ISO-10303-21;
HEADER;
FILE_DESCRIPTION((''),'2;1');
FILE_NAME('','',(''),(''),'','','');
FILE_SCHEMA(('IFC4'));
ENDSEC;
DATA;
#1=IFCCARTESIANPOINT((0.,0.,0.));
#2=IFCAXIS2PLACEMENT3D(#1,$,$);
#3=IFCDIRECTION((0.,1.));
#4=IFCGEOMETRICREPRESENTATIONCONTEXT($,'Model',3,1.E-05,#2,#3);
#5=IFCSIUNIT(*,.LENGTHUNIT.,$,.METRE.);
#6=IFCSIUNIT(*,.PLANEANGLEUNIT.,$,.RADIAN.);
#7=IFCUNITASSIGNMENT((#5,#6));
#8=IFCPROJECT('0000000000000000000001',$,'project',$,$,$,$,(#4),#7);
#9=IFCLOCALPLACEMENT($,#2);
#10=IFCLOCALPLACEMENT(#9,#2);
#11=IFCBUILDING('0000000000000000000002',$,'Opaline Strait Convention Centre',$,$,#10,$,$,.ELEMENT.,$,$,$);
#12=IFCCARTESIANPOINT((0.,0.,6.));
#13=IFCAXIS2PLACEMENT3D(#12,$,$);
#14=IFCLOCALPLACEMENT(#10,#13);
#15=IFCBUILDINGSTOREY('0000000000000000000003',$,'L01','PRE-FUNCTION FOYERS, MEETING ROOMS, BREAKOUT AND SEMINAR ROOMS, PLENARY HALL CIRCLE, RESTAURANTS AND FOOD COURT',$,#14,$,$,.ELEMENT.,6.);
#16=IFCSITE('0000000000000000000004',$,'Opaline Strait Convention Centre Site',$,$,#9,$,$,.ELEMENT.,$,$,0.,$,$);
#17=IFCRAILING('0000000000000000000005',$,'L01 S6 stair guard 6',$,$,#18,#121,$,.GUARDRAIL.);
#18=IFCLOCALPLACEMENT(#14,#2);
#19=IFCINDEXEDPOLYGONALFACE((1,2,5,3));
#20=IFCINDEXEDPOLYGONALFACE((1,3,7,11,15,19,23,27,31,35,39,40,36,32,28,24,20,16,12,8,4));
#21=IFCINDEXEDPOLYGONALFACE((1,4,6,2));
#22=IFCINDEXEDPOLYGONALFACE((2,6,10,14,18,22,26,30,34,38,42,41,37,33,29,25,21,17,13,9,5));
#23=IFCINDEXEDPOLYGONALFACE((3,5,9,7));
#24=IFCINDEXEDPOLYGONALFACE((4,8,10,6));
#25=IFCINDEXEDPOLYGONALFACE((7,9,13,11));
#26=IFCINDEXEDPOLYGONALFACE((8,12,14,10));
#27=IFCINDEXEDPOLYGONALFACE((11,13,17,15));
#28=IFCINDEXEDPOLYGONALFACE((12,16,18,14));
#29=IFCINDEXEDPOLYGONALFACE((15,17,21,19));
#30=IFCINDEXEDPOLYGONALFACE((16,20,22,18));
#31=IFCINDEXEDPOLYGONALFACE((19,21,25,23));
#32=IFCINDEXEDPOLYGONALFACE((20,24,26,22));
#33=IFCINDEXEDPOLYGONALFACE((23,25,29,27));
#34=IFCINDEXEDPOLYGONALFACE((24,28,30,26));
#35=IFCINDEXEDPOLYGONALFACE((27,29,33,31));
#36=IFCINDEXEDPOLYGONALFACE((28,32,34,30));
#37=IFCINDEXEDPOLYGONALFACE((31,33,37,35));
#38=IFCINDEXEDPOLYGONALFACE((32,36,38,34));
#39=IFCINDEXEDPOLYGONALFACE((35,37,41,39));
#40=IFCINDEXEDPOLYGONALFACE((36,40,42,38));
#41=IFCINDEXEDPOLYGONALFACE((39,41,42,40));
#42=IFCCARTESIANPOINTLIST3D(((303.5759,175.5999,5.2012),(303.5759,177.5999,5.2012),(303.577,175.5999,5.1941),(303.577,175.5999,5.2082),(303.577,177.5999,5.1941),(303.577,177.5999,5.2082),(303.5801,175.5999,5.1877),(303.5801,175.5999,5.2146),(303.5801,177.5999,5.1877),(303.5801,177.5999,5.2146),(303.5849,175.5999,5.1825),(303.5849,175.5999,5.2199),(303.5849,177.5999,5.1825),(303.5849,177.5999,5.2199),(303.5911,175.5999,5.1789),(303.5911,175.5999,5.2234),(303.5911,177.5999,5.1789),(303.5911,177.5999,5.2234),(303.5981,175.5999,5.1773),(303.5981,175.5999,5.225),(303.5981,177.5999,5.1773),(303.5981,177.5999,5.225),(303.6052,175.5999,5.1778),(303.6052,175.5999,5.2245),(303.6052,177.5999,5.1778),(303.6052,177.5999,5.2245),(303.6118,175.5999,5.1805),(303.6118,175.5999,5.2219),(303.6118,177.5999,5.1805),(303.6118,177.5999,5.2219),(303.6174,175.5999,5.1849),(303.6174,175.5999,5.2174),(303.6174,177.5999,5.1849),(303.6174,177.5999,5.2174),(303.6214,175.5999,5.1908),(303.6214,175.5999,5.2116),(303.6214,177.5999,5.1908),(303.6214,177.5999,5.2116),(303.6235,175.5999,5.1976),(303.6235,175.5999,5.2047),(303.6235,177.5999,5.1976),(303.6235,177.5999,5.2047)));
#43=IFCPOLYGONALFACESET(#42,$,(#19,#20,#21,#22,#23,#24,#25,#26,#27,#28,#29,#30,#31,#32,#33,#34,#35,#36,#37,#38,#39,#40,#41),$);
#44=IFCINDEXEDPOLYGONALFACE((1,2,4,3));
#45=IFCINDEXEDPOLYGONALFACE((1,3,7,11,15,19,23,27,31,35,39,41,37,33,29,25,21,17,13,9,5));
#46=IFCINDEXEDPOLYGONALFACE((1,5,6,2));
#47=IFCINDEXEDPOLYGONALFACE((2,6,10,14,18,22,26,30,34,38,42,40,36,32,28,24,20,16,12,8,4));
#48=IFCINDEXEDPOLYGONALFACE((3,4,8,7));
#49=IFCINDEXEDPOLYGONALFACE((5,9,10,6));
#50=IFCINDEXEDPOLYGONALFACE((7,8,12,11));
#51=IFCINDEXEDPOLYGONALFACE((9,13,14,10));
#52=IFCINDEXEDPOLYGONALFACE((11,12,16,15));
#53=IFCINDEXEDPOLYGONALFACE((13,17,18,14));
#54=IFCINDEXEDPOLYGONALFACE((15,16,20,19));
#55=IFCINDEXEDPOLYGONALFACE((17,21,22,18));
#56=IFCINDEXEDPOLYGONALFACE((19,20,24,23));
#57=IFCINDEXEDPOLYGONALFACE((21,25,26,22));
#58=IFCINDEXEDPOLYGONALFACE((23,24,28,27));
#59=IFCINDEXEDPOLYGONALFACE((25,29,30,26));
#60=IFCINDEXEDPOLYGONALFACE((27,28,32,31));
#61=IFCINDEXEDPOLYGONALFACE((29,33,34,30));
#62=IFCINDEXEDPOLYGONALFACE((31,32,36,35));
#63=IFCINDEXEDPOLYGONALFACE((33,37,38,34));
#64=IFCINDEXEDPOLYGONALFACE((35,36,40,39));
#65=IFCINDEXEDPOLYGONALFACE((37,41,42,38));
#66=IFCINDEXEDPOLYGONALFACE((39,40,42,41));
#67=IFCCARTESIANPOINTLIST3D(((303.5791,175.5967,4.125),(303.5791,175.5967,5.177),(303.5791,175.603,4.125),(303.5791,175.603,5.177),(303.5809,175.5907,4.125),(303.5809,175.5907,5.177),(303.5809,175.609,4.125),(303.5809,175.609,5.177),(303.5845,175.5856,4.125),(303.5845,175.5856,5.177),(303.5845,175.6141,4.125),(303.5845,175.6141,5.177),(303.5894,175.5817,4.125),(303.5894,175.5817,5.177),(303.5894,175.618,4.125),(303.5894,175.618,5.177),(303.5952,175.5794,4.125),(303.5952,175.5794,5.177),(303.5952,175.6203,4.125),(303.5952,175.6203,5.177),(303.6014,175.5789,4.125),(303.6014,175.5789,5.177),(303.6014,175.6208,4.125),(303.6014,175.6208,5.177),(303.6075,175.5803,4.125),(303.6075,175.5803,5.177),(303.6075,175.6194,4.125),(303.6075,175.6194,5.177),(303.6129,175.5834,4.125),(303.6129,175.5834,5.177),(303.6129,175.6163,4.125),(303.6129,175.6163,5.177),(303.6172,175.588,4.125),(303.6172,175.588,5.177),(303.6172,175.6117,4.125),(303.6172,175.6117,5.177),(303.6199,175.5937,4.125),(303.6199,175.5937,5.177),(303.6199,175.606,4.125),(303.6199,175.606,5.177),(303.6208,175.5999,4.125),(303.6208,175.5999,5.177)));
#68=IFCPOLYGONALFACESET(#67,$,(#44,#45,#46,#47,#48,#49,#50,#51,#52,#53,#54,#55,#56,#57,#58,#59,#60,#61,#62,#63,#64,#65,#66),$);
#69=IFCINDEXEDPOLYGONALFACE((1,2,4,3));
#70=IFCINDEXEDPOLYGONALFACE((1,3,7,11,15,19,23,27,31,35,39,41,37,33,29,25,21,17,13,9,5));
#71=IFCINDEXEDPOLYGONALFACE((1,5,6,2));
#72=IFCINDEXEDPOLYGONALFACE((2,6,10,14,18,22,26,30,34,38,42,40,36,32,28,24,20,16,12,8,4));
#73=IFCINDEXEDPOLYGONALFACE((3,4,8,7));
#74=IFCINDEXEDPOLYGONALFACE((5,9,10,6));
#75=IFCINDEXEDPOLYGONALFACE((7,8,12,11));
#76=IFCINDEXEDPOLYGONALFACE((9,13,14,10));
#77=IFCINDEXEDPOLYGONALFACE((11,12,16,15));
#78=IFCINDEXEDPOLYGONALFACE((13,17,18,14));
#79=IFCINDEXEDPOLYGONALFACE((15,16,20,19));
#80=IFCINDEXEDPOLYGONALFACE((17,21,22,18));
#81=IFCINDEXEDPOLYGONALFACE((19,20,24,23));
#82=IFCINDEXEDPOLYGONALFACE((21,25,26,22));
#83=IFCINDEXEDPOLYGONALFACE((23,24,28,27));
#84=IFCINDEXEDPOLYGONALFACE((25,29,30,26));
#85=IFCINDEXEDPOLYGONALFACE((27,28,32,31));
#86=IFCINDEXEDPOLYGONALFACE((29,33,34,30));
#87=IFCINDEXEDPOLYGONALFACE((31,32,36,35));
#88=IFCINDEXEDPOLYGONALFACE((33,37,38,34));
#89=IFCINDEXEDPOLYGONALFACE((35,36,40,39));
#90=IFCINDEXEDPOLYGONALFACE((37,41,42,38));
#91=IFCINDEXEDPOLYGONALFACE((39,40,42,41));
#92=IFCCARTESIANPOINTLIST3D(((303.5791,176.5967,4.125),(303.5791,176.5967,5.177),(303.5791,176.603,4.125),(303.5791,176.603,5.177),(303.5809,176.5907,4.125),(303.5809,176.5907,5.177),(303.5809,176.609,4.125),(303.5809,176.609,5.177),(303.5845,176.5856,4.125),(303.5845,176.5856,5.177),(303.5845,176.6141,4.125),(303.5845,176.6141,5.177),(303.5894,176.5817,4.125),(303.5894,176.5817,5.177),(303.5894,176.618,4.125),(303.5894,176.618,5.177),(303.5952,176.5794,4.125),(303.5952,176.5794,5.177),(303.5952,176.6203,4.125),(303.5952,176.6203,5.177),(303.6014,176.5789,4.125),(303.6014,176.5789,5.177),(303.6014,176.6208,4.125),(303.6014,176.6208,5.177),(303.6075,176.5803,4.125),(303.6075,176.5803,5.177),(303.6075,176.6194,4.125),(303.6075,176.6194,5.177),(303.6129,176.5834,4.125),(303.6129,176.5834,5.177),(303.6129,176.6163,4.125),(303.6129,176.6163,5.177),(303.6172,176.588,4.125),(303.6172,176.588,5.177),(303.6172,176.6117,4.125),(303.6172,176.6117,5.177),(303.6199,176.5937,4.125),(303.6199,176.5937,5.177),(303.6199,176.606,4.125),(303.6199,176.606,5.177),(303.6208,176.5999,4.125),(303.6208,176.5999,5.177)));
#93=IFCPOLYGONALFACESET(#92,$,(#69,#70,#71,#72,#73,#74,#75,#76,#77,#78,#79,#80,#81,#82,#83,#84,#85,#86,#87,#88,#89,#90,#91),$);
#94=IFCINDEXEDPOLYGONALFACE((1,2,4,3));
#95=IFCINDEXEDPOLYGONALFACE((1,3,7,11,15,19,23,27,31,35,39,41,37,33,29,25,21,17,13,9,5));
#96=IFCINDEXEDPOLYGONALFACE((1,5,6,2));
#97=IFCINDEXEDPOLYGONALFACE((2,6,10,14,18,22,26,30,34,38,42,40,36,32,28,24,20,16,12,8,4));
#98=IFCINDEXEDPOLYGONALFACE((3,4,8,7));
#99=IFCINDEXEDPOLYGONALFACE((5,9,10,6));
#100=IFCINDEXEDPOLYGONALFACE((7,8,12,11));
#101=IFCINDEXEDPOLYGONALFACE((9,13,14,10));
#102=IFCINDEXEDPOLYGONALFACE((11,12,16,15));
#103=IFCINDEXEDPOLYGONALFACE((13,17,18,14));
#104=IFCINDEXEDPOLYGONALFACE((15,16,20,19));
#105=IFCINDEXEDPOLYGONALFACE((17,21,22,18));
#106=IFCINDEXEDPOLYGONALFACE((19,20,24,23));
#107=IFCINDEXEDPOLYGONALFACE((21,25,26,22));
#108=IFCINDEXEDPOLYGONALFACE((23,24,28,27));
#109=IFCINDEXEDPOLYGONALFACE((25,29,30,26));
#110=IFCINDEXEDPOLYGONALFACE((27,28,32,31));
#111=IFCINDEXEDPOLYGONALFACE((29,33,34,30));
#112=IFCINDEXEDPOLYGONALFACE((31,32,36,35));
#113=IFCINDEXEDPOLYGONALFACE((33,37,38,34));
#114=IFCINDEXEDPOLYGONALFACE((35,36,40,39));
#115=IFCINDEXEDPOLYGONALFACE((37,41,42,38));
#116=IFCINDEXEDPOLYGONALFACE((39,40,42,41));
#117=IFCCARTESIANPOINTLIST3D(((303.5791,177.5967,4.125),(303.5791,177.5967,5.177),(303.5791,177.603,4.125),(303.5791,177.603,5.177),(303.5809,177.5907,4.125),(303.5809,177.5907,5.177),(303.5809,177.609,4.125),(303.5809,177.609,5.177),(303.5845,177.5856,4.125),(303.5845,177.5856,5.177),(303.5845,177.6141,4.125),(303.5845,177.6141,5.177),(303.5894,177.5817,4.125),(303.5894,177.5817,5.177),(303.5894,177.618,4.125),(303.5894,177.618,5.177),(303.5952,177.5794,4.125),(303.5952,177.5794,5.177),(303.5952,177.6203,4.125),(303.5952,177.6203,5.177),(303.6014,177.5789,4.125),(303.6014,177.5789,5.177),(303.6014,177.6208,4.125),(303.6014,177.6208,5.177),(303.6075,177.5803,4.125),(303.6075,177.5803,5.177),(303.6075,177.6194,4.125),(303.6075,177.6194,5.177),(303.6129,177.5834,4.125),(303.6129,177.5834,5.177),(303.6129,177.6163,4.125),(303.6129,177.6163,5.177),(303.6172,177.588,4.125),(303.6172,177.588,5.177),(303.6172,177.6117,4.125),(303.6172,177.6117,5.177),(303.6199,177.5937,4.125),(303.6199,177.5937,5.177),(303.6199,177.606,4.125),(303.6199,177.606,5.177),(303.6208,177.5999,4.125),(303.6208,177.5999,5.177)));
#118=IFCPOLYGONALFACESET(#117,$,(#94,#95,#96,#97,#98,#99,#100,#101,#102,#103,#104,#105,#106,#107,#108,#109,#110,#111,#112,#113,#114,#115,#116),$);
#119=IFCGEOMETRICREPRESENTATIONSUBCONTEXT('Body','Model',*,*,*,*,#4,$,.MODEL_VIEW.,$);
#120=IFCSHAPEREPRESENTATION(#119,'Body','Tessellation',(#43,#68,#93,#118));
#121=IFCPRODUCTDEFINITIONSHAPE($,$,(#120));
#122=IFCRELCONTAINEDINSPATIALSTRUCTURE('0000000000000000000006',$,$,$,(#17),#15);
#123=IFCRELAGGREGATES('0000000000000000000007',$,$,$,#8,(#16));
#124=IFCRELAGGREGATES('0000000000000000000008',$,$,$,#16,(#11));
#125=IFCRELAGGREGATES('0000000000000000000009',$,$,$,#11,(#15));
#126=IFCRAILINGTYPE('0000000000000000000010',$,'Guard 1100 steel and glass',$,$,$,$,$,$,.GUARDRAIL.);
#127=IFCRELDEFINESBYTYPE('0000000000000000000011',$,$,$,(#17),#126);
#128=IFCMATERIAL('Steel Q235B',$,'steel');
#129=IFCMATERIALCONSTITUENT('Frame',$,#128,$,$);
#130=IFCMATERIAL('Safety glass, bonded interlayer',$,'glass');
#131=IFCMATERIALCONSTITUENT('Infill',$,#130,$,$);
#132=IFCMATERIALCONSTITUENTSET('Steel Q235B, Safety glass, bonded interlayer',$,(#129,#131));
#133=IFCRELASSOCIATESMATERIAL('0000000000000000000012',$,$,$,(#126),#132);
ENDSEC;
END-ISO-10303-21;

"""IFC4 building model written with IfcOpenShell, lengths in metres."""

from ifc_helpers import new_model, si_unit, direction, frame, origin, origin_2d, place, context, subcontext, project, spatial, circle, extrude, material, constituent, constituent_set, type_object, element, save


model = new_model("IFC4")

# Units and contexts
model_context = context("Model", 3, precision=1e-05, world=origin(), true_north=direction((0.0, 1.0)))
body_context = subcontext(model_context, "Body", "Model", "MODEL_VIEW")
ifc_project = project(units=[si_unit("LENGTHUNIT", "METRE"), si_unit("PLANEANGLEUNIT", "RADIAN")], contexts=[model_context])

# Site, building, storey
site_placement = place(None, origin())
site = spatial("IfcSite", under=ifc_project, at=site_placement, Name="Opaline Strait Convention Centre Site", CompositionType="ELEMENT", RefElevation=0.0)
building_placement = place(site_placement, origin())
building = spatial("IfcBuilding", under=site, at=building_placement, Name="Opaline Strait Convention Centre", CompositionType="ELEMENT")
storey_placement = place(building_placement, frame((0.0, 0.0, 6.0)))
storey = spatial("IfcBuildingStorey", under=building, at=storey_placement, Name="L01", Description="PRE-FUNCTION FOYERS, MEETING ROOMS, BREAKOUT AND SEMINAR ROOMS, PLENARY HALL CIRCLE, RESTAURANTS AND FOOD COURT", CompositionType="ELEMENT", Elevation=6.0)

# Railing
ifc_material_1 = material(Name="Steel Q235B", Category="steel")
ifc_constituent_1 = constituent(ifc_material_1, Name="Frame")
ifc_material_2 = material(Name="Safety glass, bonded interlayer", Category="glass")
ifc_constituent_2 = constituent(ifc_material_2, Name="Infill")
ifc_constituent_set = constituent_set(constituents=[ifc_constituent_1, ifc_constituent_2], Name="Steel Q235B, Safety glass, bonded interlayer")
railing_type_1 = type_object("IfcRailingType", Name="Guard 1100 steel and glass", PredefinedType="GUARDRAIL", material=ifc_constituent_set)
railing_1_placement = place(storey_placement, frame((303.5999, 175.5999, 4.125)))
element("IfcRailing", 1, at=railing_1_placement, inside=storey, type_object=railing_type_1, Name="L01 S6 stair guard 6", PredefinedType="GUARDRAIL", context=body_context, shape_type="SweptSolid", body=[
    extrude(circle(Radius=0.0239, at=origin_2d()), frame((0.0, 0.0, 1.0762), z_axis=(0.0, 1.0, 0.0), x_axis=(-1.0, 0.0, 0.0)), (0.0, 0.0, 1.0), 2.0),
    extrude(circle(Radius=0.021, at=origin_2d()), origin(), (0.0, 0.0, 1.0), 1.052),
    extrude(circle(Radius=0.021, at=origin_2d()), frame((0.0, 1.0, 0.0)), (0.0, 0.0, 1.0), 1.052),
    extrude(circle(Radius=0.021, at=origin_2d()), frame((0.0, 2.0, 0.0)), (0.0, 0.0, 1.0), 1.052),
])

save(model, "model.ifc")
